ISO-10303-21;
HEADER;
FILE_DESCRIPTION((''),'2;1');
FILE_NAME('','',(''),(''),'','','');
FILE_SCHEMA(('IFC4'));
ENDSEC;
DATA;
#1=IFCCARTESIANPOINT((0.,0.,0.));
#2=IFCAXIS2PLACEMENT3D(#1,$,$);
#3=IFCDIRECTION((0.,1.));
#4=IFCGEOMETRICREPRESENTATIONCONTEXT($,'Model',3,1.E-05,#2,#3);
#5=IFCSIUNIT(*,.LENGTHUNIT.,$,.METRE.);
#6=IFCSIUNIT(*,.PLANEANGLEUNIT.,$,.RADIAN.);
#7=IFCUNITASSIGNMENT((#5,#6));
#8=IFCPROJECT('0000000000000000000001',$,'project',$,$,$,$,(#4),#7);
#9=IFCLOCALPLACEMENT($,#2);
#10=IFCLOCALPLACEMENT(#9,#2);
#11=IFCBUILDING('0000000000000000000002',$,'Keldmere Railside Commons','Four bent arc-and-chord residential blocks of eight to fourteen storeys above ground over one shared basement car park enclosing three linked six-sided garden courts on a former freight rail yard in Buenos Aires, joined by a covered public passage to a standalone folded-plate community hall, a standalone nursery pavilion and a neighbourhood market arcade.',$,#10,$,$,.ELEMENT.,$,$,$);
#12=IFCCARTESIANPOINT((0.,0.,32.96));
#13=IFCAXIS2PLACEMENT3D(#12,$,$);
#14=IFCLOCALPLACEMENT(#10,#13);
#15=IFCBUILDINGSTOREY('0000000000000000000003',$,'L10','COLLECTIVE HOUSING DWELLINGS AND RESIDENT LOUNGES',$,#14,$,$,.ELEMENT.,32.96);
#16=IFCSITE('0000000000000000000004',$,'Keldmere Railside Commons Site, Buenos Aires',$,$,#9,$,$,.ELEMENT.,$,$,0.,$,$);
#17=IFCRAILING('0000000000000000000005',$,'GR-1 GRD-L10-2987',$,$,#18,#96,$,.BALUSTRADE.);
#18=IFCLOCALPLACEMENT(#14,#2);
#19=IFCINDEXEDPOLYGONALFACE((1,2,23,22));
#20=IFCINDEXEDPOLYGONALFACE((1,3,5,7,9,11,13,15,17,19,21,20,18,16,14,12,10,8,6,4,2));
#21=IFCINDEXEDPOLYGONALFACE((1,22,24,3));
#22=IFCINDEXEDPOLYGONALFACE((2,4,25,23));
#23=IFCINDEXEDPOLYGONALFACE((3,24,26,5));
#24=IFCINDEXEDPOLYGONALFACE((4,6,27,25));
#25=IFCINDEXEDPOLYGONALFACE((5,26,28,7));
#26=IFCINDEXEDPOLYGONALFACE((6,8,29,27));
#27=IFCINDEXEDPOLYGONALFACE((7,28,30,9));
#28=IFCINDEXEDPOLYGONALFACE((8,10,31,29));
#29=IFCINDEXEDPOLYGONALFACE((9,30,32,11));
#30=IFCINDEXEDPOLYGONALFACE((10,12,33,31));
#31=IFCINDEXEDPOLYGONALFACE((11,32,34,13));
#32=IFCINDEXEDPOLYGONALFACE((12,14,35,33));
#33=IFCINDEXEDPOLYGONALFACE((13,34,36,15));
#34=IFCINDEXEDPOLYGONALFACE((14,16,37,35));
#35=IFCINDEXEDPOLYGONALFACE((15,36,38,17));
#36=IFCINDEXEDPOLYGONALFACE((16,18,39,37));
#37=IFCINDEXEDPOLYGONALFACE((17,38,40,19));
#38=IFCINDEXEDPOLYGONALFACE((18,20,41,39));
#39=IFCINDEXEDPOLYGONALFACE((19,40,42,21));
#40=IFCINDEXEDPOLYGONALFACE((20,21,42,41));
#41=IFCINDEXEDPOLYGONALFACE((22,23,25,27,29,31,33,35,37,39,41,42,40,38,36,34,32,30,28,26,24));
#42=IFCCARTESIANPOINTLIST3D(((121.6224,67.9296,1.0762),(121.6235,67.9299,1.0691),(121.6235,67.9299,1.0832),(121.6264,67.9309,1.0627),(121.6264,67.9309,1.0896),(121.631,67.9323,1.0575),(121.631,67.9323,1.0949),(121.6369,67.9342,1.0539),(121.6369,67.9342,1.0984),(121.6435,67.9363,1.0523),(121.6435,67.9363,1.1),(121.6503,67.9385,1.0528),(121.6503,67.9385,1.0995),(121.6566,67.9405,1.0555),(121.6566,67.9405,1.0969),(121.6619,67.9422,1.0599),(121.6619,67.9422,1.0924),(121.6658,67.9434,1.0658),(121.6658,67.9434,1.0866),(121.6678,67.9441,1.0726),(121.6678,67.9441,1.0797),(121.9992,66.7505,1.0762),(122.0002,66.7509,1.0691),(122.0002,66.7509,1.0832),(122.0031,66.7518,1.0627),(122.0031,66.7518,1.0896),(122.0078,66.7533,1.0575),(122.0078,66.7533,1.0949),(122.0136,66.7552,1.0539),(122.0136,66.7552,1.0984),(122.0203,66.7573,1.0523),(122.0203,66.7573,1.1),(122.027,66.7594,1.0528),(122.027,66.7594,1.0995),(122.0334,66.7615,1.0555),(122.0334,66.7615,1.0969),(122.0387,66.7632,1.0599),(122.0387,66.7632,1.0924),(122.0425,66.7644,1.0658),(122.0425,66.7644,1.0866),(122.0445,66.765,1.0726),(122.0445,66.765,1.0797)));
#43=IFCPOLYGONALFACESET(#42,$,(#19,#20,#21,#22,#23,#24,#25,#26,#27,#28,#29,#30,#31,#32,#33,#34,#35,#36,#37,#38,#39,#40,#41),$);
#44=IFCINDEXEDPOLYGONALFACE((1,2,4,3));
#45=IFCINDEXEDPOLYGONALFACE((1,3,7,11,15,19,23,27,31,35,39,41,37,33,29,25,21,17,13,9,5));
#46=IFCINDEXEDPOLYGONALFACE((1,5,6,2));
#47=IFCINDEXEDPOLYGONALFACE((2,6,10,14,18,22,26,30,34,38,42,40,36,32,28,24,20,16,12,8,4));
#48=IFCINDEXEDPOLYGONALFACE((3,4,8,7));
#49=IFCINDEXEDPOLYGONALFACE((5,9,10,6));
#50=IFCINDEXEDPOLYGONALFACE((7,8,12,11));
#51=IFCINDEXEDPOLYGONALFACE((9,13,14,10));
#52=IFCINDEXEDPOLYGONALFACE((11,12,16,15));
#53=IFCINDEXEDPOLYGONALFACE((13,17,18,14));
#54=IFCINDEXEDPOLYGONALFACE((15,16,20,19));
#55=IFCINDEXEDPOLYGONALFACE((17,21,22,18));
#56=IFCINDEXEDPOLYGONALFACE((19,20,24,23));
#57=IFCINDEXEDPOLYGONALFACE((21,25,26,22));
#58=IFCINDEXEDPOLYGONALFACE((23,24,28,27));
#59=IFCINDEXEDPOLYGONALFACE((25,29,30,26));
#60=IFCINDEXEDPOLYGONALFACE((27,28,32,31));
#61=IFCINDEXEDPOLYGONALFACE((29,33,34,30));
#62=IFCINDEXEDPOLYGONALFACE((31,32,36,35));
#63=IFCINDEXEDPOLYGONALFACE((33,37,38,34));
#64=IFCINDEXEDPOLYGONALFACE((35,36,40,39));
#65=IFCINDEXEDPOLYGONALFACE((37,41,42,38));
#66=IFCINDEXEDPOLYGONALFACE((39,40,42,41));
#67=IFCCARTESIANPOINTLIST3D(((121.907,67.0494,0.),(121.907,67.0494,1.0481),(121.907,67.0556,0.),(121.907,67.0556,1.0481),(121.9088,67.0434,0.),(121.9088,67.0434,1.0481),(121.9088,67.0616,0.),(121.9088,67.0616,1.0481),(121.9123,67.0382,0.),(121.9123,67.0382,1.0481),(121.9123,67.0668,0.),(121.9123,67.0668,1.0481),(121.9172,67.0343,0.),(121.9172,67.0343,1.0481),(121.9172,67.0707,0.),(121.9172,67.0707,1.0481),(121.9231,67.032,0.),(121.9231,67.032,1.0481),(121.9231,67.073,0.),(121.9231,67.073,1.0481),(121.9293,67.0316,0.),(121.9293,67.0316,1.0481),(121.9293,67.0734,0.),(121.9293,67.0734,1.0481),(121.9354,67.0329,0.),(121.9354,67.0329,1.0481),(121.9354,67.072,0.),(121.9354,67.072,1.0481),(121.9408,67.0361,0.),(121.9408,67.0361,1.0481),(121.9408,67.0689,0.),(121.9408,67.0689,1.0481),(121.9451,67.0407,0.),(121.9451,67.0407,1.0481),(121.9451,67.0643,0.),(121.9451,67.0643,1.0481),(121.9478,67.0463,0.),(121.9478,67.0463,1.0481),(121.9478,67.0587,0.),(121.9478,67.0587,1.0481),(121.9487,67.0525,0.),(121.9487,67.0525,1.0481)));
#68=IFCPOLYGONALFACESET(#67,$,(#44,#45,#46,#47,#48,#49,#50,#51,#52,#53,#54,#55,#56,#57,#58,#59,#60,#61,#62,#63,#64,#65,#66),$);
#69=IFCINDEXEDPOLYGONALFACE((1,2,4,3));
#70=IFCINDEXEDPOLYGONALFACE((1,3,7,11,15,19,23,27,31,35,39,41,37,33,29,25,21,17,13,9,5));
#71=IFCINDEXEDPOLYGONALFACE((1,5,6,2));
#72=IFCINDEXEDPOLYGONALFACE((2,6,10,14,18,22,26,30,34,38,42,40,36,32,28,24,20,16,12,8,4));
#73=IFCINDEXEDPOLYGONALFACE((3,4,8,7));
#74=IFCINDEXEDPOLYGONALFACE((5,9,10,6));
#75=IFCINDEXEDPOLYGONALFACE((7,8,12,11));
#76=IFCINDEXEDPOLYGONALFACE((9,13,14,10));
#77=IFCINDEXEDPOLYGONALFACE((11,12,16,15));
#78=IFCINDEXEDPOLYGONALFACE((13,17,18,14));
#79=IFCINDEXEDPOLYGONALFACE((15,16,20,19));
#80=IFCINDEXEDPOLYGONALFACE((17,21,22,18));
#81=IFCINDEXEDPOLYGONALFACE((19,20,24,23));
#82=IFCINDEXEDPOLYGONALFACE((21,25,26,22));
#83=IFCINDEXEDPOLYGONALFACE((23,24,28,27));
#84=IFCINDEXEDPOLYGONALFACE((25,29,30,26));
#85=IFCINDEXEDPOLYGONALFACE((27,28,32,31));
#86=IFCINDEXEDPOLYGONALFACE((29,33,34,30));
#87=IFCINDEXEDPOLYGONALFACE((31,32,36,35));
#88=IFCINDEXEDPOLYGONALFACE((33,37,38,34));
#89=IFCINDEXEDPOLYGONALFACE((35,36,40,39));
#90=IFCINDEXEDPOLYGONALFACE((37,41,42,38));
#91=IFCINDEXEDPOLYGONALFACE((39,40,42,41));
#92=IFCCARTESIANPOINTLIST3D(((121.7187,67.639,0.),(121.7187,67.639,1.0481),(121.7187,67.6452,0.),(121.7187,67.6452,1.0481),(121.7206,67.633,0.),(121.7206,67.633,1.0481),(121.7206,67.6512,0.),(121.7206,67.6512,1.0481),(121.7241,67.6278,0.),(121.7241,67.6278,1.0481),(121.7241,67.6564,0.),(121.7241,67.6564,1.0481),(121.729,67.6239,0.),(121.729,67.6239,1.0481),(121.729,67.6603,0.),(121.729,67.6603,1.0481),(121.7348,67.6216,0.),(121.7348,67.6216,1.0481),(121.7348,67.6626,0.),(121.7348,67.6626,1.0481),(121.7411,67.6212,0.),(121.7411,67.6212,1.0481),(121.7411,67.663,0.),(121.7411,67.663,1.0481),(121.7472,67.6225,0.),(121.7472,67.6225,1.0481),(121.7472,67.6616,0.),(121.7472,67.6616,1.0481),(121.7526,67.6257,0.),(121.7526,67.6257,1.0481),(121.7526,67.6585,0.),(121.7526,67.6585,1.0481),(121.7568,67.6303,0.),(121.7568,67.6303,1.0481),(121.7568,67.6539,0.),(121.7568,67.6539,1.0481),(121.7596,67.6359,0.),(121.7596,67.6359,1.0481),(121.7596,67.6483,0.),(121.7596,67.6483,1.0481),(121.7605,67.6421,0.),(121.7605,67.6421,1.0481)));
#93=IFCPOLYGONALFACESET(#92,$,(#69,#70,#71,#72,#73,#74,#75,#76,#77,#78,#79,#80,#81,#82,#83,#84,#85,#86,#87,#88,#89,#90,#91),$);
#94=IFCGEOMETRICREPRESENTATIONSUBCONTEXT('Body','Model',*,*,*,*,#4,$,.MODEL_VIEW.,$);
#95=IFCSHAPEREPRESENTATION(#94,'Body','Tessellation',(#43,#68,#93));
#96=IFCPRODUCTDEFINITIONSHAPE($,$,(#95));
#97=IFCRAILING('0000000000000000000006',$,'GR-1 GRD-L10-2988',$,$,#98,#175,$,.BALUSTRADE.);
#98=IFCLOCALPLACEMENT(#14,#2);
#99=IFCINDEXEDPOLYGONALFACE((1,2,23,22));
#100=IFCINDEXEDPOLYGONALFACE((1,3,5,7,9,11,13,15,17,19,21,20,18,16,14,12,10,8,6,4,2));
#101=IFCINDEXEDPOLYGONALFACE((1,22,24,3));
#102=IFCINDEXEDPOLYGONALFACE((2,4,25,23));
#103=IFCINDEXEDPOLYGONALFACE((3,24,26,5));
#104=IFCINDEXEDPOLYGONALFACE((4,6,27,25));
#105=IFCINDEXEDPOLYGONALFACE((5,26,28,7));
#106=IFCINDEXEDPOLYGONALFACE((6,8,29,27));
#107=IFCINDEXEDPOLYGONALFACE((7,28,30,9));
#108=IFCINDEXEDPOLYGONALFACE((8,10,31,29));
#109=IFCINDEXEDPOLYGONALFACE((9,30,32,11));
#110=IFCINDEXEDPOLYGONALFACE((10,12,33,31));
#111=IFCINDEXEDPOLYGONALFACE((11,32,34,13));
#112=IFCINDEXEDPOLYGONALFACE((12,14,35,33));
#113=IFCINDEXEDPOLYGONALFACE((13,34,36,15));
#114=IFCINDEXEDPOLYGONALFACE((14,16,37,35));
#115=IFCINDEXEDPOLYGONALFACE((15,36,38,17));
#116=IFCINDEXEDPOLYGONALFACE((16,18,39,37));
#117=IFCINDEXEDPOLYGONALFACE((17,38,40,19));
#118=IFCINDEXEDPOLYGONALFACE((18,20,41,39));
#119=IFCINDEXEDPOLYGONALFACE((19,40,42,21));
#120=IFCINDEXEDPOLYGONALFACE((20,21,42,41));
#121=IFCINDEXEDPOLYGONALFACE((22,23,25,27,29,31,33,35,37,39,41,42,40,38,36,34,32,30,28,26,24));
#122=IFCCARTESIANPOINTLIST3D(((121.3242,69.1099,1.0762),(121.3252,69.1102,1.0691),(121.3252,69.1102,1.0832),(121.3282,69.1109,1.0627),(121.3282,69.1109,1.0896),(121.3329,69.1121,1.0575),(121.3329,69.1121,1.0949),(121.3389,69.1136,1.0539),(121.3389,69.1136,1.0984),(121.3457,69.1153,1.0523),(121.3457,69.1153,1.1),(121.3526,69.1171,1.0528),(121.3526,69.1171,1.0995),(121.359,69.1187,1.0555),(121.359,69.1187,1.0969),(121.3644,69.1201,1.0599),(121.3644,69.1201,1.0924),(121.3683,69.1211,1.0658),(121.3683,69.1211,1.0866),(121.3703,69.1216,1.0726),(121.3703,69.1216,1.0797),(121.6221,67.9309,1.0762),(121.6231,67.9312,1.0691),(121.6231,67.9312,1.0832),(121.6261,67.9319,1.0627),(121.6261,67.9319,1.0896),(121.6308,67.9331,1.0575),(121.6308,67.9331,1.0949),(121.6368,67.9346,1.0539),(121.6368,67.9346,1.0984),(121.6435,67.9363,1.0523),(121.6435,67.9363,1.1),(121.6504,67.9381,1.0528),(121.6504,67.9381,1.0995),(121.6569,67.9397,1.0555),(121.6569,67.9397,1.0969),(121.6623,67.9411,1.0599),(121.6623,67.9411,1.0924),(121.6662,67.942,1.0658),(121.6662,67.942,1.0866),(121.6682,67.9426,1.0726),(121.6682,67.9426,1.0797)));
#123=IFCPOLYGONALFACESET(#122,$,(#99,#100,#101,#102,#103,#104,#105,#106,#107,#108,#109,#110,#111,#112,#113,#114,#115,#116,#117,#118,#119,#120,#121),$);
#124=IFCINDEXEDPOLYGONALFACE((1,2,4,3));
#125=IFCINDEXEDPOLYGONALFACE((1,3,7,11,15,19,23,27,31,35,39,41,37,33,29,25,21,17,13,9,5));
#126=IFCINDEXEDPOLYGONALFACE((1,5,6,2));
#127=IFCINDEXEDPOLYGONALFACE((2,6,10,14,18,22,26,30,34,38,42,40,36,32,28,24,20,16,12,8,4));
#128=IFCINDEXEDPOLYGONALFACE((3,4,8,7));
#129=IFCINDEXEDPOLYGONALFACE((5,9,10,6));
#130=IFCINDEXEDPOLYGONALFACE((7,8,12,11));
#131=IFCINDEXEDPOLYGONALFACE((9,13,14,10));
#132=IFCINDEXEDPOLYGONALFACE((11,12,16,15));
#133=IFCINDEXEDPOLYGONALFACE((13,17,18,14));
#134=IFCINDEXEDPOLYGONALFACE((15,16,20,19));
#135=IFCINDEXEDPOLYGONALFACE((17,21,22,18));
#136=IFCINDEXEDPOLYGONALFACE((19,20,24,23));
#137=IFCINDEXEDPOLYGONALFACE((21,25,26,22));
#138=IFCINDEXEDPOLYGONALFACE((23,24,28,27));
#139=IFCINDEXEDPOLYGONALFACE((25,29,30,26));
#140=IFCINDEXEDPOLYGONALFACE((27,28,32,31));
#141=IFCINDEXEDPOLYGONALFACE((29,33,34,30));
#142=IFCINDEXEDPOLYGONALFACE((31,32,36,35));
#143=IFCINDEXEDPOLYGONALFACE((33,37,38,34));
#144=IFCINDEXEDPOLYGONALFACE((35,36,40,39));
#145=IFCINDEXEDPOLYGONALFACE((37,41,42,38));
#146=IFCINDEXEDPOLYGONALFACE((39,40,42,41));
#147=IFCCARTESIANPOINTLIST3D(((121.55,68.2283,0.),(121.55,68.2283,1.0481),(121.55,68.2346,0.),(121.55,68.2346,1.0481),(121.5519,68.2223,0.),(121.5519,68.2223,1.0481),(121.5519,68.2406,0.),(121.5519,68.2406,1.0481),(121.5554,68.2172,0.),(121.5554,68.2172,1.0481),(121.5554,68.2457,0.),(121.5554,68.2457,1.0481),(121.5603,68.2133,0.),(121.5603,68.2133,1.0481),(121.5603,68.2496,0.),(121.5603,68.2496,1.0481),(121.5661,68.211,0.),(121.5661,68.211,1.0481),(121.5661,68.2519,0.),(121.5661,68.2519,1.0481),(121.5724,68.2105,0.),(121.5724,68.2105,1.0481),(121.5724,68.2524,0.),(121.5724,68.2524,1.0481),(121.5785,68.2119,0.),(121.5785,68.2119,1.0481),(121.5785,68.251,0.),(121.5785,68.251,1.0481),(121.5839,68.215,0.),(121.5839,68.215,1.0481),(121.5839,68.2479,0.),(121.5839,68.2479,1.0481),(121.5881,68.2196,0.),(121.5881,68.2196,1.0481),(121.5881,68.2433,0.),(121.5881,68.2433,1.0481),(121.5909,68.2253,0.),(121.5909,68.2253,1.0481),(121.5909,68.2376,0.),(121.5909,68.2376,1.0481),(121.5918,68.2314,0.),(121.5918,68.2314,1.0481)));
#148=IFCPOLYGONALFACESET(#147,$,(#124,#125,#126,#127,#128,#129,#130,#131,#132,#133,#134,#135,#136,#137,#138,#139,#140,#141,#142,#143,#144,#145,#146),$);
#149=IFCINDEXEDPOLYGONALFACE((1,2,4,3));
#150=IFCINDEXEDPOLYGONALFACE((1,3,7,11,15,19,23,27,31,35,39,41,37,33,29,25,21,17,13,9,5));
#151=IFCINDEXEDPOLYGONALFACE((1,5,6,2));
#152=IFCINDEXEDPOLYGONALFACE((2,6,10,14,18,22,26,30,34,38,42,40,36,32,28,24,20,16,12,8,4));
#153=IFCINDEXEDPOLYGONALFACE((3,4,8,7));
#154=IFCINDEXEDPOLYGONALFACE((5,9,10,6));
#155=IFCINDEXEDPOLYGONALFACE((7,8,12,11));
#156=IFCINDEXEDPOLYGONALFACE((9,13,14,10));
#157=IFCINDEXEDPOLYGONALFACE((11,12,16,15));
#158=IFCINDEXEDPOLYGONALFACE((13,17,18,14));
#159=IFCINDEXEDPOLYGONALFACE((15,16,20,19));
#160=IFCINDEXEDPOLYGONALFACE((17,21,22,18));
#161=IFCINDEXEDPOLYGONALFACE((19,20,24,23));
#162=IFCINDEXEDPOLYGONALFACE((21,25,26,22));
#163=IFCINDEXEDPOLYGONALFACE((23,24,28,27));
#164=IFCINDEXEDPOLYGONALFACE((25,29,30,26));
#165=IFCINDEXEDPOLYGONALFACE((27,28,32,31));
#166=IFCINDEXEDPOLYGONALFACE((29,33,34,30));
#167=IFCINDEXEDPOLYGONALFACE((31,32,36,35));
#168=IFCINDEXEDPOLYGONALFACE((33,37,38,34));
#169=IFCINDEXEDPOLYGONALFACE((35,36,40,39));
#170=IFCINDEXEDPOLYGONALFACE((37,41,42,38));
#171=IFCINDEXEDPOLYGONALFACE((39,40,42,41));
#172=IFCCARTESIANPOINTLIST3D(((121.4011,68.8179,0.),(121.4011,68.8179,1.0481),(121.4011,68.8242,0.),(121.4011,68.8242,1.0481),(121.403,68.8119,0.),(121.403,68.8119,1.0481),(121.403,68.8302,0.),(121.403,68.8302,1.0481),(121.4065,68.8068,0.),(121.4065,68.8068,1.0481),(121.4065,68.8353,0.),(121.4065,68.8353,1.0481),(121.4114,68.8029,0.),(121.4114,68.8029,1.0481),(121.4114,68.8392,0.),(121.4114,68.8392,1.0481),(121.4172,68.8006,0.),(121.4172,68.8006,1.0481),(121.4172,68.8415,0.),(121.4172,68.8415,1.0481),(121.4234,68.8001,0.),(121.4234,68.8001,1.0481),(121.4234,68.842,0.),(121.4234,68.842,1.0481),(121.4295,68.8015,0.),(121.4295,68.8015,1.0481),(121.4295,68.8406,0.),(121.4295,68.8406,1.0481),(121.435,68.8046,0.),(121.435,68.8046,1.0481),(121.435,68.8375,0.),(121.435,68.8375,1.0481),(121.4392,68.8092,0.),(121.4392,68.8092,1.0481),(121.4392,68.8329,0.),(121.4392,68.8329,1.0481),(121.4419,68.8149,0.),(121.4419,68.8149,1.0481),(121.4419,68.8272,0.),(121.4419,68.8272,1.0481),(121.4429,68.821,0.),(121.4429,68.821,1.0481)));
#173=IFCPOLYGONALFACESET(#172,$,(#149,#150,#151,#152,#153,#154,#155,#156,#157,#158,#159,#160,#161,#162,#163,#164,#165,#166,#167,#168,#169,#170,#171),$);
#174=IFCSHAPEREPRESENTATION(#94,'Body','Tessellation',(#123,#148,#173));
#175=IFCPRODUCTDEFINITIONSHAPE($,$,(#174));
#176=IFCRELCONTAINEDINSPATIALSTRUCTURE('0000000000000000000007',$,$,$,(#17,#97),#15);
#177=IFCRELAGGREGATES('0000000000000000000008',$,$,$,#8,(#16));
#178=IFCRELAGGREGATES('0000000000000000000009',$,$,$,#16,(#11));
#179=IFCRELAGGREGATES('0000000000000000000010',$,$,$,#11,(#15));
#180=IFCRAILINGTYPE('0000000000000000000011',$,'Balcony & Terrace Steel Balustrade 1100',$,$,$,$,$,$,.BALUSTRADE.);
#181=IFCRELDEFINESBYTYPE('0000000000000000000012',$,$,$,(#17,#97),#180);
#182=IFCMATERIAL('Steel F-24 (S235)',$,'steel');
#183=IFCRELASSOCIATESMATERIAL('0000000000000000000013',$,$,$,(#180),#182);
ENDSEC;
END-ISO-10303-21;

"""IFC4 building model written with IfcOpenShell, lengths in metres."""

from ifc_helpers import new_model, si_unit, direction, frame, origin, origin_2d, place, context, subcontext, project, spatial, circle, extrude, material, type_object, element, save


model = new_model("IFC4")

# Units and contexts
model_context = context("Model", 3, precision=1e-05, world=origin(), true_north=direction((0.0, 1.0)))
body_context = subcontext(model_context, "Body", "Model", "MODEL_VIEW")
ifc_project = project(units=[si_unit("LENGTHUNIT", "METRE"), si_unit("PLANEANGLEUNIT", "RADIAN")], contexts=[model_context])

# Site, building, storey
site_placement = place(None, origin())
site = spatial("IfcSite", under=ifc_project, at=site_placement, Name="Keldmere Railside Commons Site, Buenos Aires", CompositionType="ELEMENT", RefElevation=0.0)
building_placement = place(site_placement, origin())
building = spatial("IfcBuilding", under=site, at=building_placement, Name="Keldmere Railside Commons", Description="Four bent arc-and-chord residential blocks of eight to fourteen storeys above ground over one shared basement car park enclosing three linked six-sided garden courts on a former freight rail yard in Buenos Aires, joined by a covered public passage to a standalone folded-plate community hall, a standalone nursery pavilion and a neighbourhood market arcade.", CompositionType="ELEMENT")
storey_placement = place(building_placement, frame((0.0, 0.0, 32.96)))
storey = spatial("IfcBuildingStorey", under=building, at=storey_placement, Name="L10", Description="COLLECTIVE HOUSING DWELLINGS AND RESIDENT LOUNGES", CompositionType="ELEMENT", Elevation=32.96)

# Railings
ifc_material_1 = material(Name="Steel F-24 (S235)", Category="steel")
railing_type = type_object("IfcRailingType", Name="Balcony & Terrace Steel Balustrade 1100", PredefinedType="BALUSTRADE", material=ifc_material_1)
railing_1_placement = place(storey_placement, frame((122.022, 66.7578, 0.0)))
element("IfcRailing", 1, at=railing_1_placement, inside=storey, type_object=railing_type, Name="GR-1 GRD-L10-2987", PredefinedType="BALUSTRADE", context=body_context, shape_type="SweptSolid", body=[
    extrude(circle(Radius=0.0239, at=origin_2d()), frame((0.0, 0.0, 1.0762), z_axis=(-0.304368, 0.952555, 0.0), x_axis=(-0.952555, -0.304368, 0.0)), (0.0, 0.0, 1.0), 1.2378),
    extrude(circle(Radius=0.021, at=origin_2d()), frame((-0.0942, 0.2947, 0.0)), (0.0, 0.0, 1.0), 1.0481),
    extrude(circle(Radius=0.021, at=origin_2d()), frame((-0.2825, 0.8843, 0.0)), (0.0, 0.0, 1.0), 1.0481),
])
railing_2_placement = place(storey_placement, frame((121.6453, 67.9368, 0.0)))
element("IfcRailing", 2, at=railing_2_placement, inside=storey, type_object=railing_type, Name="GR-1 GRD-L10-2988", PredefinedType="BALUSTRADE", context=body_context, shape_type="SweptSolid", body=[
    extrude(circle(Radius=0.0239, at=origin_2d()), frame((0.0, 0.0, 1.0762), z_axis=(-0.244944, 0.969537, 0.0), x_axis=(-0.969537, -0.244944, 0.0)), (0.0, 0.0, 1.0), 1.2161),
    extrude(circle(Radius=0.021, at=origin_2d()), frame((-0.0745, 0.2947, 0.0)), (0.0, 0.0, 1.0), 1.0481),
    extrude(circle(Radius=0.021, at=origin_2d()), frame((-0.2234, 0.8843, 0.0)), (0.0, 0.0, 1.0), 1.0481),
])

save(model, "model.ifc")
